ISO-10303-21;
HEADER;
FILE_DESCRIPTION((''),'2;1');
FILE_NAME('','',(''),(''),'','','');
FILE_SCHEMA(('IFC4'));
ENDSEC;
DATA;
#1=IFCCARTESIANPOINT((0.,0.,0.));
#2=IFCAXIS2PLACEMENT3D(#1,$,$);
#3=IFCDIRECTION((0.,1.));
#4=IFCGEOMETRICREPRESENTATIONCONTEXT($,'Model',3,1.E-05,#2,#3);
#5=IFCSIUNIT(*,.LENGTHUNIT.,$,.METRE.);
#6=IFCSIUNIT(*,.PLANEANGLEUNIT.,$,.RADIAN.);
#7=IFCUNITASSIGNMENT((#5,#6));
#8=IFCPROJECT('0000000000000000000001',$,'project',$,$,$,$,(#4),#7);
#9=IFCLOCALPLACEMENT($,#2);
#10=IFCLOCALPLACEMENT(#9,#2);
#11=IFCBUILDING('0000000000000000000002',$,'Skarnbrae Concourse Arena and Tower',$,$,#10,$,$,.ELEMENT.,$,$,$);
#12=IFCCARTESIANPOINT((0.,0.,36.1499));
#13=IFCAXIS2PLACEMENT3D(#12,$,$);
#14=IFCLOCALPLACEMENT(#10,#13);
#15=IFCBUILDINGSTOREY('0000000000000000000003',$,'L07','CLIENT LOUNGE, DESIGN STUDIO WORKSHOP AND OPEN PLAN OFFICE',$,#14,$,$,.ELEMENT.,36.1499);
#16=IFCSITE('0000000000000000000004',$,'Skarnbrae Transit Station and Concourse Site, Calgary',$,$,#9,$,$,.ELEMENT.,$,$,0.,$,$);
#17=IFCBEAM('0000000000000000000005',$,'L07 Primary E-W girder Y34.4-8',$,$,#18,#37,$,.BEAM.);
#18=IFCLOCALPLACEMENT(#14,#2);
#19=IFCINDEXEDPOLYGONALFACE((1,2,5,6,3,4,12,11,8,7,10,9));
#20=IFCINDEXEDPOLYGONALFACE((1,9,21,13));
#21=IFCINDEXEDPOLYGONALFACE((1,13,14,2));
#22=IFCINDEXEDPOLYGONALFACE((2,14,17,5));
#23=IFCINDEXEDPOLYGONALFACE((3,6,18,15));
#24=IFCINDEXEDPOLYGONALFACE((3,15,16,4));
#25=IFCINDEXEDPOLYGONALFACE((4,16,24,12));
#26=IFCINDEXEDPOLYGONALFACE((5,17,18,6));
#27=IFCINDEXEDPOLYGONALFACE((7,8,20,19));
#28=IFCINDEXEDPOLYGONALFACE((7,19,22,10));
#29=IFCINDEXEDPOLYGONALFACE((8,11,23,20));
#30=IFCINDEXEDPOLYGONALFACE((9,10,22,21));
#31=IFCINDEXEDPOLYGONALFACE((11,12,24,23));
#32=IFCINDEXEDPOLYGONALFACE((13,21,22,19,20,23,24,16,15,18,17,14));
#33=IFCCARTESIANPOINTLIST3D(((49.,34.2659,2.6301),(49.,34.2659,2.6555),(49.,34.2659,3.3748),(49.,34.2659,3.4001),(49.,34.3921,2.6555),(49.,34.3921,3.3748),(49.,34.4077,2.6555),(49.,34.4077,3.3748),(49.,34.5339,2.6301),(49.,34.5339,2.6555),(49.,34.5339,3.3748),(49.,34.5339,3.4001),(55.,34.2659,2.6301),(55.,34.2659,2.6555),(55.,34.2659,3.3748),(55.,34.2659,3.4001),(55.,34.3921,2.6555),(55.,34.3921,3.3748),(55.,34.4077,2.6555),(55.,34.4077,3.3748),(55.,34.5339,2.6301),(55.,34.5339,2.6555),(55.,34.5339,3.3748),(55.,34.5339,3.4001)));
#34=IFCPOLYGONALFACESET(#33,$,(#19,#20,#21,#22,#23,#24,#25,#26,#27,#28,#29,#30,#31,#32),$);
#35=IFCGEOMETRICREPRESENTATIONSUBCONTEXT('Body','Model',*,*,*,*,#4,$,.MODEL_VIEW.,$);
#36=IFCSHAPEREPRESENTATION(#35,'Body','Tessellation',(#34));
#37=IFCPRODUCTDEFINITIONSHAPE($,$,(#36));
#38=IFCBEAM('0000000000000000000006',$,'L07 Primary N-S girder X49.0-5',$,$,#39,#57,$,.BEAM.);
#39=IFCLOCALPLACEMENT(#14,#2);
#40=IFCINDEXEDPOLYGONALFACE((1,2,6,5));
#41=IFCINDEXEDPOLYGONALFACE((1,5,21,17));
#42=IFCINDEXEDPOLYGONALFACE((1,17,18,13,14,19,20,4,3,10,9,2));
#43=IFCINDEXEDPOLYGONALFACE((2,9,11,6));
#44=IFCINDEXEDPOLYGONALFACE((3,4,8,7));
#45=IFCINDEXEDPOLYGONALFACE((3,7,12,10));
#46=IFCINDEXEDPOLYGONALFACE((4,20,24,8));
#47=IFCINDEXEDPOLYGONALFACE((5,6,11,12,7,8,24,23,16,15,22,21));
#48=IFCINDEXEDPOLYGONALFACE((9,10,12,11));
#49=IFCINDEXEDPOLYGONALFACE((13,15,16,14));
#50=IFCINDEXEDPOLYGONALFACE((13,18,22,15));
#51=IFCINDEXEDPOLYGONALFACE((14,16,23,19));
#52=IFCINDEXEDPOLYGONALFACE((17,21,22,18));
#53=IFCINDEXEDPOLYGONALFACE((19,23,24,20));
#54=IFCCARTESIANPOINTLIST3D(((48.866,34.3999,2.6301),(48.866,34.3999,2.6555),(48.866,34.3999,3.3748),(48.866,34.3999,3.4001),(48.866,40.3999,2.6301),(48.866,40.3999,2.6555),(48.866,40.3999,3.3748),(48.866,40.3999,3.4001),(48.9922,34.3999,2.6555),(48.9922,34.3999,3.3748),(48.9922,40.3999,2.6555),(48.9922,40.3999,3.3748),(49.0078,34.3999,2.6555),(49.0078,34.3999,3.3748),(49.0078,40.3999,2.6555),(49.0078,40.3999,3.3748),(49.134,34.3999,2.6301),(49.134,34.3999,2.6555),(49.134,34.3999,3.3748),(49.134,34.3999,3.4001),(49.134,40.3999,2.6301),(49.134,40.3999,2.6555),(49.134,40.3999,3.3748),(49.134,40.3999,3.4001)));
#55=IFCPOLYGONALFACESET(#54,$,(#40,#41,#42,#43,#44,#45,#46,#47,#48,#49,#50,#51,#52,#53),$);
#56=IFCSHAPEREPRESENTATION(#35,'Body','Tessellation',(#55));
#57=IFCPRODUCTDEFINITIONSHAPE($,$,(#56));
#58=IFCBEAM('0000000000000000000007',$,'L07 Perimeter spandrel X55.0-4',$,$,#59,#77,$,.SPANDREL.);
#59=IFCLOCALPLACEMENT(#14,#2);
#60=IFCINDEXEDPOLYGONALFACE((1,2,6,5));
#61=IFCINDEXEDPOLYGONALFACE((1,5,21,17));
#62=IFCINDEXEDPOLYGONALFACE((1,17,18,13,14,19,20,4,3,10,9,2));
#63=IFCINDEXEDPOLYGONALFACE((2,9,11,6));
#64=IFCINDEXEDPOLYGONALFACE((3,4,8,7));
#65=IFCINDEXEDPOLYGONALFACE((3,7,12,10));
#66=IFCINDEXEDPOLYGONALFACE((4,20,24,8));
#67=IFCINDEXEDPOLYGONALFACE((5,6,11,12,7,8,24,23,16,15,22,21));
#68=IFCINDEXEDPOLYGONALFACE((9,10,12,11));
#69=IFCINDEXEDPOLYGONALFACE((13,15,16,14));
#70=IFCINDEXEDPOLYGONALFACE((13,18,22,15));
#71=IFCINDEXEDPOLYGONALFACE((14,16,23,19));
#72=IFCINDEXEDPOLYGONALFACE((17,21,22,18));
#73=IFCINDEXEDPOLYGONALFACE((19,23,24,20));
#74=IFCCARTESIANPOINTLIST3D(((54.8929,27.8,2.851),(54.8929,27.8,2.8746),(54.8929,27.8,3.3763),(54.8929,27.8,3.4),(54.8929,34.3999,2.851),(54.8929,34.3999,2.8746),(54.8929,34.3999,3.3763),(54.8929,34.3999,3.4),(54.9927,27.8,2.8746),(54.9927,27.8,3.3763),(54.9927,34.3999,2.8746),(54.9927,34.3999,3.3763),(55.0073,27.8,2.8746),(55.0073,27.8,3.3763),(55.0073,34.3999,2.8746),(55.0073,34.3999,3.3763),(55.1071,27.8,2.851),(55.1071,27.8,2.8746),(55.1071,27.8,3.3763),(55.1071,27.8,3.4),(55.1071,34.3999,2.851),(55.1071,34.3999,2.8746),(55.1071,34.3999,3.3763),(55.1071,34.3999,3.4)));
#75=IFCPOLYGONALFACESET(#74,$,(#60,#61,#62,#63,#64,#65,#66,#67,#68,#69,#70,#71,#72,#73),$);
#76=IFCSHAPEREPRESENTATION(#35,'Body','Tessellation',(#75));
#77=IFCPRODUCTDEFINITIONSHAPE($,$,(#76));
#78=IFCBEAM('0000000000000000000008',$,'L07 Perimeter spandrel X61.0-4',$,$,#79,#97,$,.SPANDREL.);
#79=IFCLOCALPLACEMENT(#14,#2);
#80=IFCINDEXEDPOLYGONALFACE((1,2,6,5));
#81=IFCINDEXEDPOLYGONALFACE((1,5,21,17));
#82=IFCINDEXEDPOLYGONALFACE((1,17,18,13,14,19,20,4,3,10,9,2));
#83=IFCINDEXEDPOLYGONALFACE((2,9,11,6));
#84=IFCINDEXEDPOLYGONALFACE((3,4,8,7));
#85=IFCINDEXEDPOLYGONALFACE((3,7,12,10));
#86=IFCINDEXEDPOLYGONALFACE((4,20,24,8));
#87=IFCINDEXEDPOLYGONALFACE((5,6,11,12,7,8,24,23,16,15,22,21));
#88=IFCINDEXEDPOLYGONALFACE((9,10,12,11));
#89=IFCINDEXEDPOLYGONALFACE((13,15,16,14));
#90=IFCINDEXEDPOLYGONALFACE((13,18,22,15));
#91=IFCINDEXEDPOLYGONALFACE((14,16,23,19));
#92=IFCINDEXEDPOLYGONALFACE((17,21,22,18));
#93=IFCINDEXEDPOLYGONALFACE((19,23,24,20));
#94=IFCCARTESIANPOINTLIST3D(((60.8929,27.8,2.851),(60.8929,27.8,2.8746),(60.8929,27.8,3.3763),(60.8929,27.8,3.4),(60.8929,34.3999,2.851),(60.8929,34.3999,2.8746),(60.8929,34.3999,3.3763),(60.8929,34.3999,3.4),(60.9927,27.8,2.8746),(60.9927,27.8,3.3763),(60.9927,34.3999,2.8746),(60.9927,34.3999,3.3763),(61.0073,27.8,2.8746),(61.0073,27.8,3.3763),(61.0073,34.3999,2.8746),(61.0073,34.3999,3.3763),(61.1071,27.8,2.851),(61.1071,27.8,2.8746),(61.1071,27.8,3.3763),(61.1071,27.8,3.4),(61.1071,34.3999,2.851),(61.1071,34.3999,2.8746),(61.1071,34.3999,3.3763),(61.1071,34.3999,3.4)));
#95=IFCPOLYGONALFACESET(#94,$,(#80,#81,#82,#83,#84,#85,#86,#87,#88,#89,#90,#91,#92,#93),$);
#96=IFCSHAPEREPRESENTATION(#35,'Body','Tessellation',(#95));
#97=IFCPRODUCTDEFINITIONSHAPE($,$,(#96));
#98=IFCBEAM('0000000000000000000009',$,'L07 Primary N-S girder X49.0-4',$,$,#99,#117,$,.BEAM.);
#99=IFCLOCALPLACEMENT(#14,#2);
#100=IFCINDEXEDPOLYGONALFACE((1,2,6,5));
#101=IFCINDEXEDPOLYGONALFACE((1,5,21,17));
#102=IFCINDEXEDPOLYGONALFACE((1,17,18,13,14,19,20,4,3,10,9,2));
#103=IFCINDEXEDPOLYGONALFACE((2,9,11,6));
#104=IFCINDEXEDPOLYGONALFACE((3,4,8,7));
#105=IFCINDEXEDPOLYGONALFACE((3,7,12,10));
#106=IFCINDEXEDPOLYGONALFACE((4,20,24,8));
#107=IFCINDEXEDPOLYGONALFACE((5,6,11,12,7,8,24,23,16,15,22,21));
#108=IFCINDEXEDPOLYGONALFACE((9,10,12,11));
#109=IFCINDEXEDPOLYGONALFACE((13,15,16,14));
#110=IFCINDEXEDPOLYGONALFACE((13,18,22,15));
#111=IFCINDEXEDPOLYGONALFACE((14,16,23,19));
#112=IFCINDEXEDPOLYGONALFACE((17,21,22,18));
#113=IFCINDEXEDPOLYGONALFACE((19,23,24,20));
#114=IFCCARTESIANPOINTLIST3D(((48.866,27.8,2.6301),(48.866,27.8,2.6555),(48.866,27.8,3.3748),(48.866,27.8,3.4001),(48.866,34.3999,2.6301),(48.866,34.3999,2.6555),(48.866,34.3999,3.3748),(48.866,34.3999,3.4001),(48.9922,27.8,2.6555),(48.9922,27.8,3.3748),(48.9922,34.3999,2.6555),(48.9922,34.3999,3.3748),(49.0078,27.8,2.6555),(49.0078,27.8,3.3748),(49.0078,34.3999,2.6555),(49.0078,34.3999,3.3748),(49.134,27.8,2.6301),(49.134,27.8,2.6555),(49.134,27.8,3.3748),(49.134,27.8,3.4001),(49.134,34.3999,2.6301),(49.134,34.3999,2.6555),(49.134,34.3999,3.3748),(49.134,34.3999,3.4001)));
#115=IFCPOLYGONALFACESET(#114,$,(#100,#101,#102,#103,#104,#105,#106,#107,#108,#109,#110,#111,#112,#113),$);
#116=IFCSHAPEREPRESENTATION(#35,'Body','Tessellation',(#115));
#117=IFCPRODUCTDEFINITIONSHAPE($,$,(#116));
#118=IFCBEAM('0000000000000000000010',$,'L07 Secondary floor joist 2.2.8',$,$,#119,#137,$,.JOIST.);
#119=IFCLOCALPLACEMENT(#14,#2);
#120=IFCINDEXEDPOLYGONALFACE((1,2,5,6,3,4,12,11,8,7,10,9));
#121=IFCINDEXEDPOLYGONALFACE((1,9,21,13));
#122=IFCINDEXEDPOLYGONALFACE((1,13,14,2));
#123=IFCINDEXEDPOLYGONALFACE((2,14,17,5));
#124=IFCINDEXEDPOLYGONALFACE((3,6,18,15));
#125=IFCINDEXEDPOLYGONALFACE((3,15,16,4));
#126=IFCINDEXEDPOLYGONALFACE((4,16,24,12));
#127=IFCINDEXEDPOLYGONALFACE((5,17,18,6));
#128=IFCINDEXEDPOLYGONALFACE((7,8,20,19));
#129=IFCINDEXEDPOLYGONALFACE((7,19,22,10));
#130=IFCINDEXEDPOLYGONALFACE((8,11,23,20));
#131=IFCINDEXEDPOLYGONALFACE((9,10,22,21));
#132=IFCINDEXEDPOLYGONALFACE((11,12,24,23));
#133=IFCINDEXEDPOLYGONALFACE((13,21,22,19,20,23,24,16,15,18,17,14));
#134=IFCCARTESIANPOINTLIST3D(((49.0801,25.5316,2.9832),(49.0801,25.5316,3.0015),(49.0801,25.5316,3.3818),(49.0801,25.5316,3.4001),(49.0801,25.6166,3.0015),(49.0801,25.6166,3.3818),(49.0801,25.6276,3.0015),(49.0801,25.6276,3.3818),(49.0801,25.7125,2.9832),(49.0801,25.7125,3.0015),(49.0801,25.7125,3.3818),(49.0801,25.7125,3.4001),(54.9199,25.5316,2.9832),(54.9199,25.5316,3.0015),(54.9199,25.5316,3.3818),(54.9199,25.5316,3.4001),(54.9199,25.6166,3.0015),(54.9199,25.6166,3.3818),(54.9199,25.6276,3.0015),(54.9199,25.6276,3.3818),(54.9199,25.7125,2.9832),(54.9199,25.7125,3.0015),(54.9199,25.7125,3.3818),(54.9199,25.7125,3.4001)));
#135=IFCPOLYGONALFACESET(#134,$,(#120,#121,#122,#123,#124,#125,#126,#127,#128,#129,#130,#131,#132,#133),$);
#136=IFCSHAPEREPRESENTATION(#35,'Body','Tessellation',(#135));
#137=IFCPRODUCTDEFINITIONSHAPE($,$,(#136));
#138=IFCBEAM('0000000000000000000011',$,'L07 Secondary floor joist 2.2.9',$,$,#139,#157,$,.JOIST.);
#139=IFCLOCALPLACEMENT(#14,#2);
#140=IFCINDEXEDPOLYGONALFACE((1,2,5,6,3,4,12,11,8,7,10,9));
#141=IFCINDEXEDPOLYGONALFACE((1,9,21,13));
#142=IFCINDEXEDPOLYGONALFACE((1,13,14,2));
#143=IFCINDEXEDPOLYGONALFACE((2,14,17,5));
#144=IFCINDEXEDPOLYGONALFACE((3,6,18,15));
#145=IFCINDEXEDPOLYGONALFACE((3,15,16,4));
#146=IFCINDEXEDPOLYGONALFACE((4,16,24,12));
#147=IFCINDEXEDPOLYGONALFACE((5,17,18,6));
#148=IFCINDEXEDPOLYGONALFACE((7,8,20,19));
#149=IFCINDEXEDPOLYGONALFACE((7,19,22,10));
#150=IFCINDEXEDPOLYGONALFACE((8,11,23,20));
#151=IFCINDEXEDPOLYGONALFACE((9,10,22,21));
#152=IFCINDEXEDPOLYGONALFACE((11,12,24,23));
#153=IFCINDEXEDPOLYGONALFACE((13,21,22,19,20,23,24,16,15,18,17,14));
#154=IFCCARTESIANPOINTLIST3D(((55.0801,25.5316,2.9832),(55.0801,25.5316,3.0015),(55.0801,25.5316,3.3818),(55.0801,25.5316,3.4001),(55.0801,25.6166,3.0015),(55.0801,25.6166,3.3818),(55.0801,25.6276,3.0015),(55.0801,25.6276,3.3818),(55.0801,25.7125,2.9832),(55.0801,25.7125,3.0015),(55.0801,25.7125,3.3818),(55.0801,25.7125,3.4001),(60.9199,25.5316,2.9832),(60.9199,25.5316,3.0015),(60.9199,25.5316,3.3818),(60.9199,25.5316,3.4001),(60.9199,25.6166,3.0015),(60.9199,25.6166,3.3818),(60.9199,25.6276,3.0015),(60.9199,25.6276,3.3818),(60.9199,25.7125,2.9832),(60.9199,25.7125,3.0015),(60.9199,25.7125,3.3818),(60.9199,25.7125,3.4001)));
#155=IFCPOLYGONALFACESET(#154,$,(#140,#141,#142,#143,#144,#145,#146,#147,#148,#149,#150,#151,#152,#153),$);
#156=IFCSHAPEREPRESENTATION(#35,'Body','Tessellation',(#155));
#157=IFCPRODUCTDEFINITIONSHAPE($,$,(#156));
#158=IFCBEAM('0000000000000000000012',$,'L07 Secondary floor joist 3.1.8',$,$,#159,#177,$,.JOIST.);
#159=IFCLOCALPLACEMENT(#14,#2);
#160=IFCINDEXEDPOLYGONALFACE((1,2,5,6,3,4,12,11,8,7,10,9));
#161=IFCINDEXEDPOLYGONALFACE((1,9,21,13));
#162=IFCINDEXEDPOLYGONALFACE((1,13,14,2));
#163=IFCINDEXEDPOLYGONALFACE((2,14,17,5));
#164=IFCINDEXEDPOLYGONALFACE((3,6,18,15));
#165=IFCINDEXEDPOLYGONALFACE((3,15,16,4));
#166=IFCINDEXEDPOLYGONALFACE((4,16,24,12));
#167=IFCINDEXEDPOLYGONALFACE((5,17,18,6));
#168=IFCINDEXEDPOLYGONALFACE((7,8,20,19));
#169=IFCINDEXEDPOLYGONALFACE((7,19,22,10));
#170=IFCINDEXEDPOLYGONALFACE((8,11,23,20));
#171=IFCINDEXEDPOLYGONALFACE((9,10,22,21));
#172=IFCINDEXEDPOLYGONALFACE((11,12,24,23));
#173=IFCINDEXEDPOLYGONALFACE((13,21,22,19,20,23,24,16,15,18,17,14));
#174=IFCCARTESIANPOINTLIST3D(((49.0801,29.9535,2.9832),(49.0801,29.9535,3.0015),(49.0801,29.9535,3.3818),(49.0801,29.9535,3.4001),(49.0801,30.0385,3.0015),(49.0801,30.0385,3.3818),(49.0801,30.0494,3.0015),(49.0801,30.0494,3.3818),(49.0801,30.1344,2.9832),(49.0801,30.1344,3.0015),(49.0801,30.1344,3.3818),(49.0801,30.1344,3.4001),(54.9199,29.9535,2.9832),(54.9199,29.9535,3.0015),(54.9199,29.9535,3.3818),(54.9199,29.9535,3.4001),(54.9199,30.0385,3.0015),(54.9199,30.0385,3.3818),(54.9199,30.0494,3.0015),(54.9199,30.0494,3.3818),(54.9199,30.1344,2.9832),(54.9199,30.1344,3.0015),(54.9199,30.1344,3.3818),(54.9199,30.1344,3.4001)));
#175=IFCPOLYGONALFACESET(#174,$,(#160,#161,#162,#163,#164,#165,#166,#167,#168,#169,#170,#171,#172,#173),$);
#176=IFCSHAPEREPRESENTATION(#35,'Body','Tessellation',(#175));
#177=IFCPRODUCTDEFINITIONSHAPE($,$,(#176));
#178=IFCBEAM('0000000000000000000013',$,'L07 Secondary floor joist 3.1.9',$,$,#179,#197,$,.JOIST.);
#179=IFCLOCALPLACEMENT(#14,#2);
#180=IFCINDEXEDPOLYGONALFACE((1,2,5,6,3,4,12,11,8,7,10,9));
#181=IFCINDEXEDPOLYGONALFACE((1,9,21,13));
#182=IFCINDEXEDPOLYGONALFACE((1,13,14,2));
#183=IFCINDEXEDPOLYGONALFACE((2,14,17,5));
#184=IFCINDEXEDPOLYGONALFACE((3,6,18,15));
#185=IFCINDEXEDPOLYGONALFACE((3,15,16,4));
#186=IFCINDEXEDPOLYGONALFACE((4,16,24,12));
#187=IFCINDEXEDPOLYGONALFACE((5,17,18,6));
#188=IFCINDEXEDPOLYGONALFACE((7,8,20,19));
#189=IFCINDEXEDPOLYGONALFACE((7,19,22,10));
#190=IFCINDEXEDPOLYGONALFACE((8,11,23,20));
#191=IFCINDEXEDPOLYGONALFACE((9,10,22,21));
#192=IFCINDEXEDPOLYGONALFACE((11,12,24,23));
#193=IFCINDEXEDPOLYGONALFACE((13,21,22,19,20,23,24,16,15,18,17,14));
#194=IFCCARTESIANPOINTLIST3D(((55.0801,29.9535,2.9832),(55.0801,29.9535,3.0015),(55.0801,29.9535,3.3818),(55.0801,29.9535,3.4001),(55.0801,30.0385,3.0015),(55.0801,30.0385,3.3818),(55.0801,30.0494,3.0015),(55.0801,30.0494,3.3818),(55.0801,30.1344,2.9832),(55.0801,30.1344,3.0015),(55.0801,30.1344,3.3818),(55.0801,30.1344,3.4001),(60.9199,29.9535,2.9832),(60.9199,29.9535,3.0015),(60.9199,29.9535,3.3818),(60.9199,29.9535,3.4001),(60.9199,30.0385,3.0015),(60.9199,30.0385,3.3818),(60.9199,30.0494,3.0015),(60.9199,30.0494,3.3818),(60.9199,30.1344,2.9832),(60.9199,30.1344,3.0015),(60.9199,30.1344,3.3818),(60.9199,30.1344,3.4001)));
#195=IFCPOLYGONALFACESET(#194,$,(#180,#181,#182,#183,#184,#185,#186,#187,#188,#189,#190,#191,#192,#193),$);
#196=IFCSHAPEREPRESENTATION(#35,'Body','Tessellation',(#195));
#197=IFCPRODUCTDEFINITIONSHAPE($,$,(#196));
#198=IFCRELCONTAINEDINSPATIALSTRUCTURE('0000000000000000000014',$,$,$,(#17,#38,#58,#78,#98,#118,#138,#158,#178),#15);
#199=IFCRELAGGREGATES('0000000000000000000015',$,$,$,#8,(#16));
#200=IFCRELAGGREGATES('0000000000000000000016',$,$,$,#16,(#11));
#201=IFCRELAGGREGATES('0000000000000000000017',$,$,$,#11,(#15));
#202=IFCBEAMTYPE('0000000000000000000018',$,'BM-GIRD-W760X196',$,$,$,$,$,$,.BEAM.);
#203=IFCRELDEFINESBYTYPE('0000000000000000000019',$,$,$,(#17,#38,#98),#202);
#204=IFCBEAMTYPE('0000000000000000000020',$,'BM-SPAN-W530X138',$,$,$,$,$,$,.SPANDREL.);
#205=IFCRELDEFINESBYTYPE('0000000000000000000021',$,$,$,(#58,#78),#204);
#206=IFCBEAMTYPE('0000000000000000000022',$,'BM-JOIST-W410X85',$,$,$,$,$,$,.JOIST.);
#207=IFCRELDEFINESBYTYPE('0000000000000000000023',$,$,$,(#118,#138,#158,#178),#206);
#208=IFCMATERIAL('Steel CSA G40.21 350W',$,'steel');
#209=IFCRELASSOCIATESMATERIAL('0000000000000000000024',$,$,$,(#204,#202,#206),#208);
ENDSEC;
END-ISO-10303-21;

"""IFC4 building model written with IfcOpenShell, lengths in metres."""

from ifc_helpers import new_model, si_unit, direction, frame, origin, origin_2d, place, context, subcontext, project, spatial, i_section, extrude, source, transform, mapped, material, material_profile, profile_set, type_object, element, save


model = new_model("IFC4")

# Units and contexts
model_context = context("Model", 3, precision=1e-05, world=origin(), true_north=direction((0.0, 1.0)))
body_context = subcontext(model_context, "Body", "Model", "MODEL_VIEW")
ifc_project = project(units=[si_unit("LENGTHUNIT", "METRE"), si_unit("PLANEANGLEUNIT", "RADIAN")], contexts=[model_context])

# Site, building, storey
site_placement = place(None, origin())
site = spatial("IfcSite", under=ifc_project, at=site_placement, Name="Skarnbrae Transit Station and Concourse Site, Calgary", CompositionType="ELEMENT", RefElevation=0.0)
building_placement = place(site_placement, origin())
building = spatial("IfcBuilding", under=site, at=building_placement, Name="Skarnbrae Concourse Arena and Tower", CompositionType="ELEMENT")
storey_placement = place(building_placement, frame((0.0, 0.0, 36.1499)))
storey = spatial("IfcBuildingStorey", under=building, at=storey_placement, Name="L07", Description="CLIENT LOUNGE, DESIGN STUDIO WORKSHOP AND OPEN PLAN OFFICE", CompositionType="ELEMENT", Elevation=36.1499)

# Shared definitions
ifc_material_1 = material(Name="Steel CSA G40.21 350W", Category="steel")

# Beams
ifc_material_profile_1 = material_profile(ifc_material_1, i_section(OverallWidth=0.2141, OverallDepth=0.5491, WebThickness=0.0146, FlangeThickness=0.0237, at=origin_2d()), Name="W530X138")
ifc_profile_set_1 = profile_set([ifc_material_profile_1], Name="Steel CSA G40.21 350W")
beam_type_1 = type_object("IfcBeamType", Name="BM-SPAN-W530X138", PredefinedType="SPANDREL", material=ifc_profile_set_1)
ifc_material_profile_2 = material_profile(ifc_material_1, i_section(OverallWidth=0.2681, OverallDepth=0.77, WebThickness=0.0156, FlangeThickness=0.0254, at=origin_2d()), Name="W760X196")
ifc_profile_set_2 = profile_set([ifc_material_profile_2], Name="Steel CSA G40.21 350W")
beam_type_2 = type_object("IfcBeamType", Name="BM-GIRD-W760X196", PredefinedType="BEAM", material=ifc_profile_set_2)
shared_shape_1 = source(origin(), body_context, "Body", "SweptSolid", [
    extrude(i_section(OverallWidth=0.2681, OverallDepth=0.77, WebThickness=0.0156, FlangeThickness=0.0254, at=origin_2d()), origin(), (0.0, 0.0, 1.0), 6.0),
])
for number, where, z_axis, x_axis, name in (
    (1, (49.0, 34.3999, 3.0151), (1.0, 0.0, 0.0), (0.0, 1.0, 0.0), "L07 Primary E-W girder Y34.4-8"),
    (2, (49.0, 34.3999, 3.0151), (0.0, 1.0, 0.0), (-1.0, 0.0, 0.0), "L07 Primary N-S girder X49.0-5"),
):
    element("IfcBeam", number, at=place(storey_placement, frame(where, z_axis=z_axis, x_axis=x_axis)), inside=storey, type_object=beam_type_2, Name=name, PredefinedType="BEAM", context=body_context, shape_type="MappedRepresentation", body=[
        mapped(shared_shape_1, transform((0.0, 0.0, 0.0))),
    ])
shared_shape_2 = source(origin(), body_context, "Body", "SweptSolid", [
    extrude(i_section(OverallWidth=0.2141, OverallDepth=0.5491, WebThickness=0.0146, FlangeThickness=0.0237, at=origin_2d()), origin(), (0.0, 0.0, 1.0), 6.5999),
])
for number, where, z_axis, x_axis, name in (
    (3, (55.0, 27.8, 3.1255), (0.0, 1.0, 0.0), (-1.0, 0.0, 0.0), "L07 Perimeter spandrel X55.0-4"),
    (4, (61.0, 27.8, 3.1255), (0.0, 1.0, 0.0), (-1.0, 0.0, 0.0), "L07 Perimeter spandrel X61.0-4"),
):
    element("IfcBeam", number, at=place(storey_placement, frame(where, z_axis=z_axis, x_axis=x_axis)), inside=storey, type_object=beam_type_1, Name=name, PredefinedType="SPANDREL", context=body_context, shape_type="MappedRepresentation", body=[
        mapped(shared_shape_2, transform((0.0, 0.0, 0.0))),
    ])
shared_shape_3 = source(origin(), body_context, "Body", "SweptSolid", [
    extrude(i_section(OverallWidth=0.2681, OverallDepth=0.77, WebThickness=0.0156, FlangeThickness=0.0254, at=origin_2d()), origin(), (0.0, 0.0, 1.0), 6.5999),
])
beam_placement = place(storey_placement, frame((49.0, 27.8, 3.0151), z_axis=(0.0, 1.0, 0.0), x_axis=(-1.0, 0.0, 0.0)))
element("IfcBeam", 5, at=beam_placement, inside=storey, type_object=beam_type_2, Name="L07 Primary N-S girder X49.0-4", PredefinedType="BEAM", context=body_context, shape_type="MappedRepresentation", body=[
    mapped(shared_shape_3, transform((0.0, 0.0, 0.0))),
])
ifc_material_profile_3 = material_profile(ifc_material_1, i_section(OverallWidth=0.1809, OverallDepth=0.417, WebThickness=0.011, FlangeThickness=0.0183, at=origin_2d()), Name="W410X85")
ifc_profile_set_3 = profile_set([ifc_material_profile_3], Name="Steel CSA G40.21 350W")
beam_type_3 = type_object("IfcBeamType", Name="BM-JOIST-W410X85", PredefinedType="JOIST", material=ifc_profile_set_3)
shared_shape_4 = source(origin(), body_context, "Body", "SweptSolid", [
    extrude(i_section(OverallWidth=0.1809, OverallDepth=0.417, WebThickness=0.011, FlangeThickness=0.0183, at=origin_2d()), origin(), (0.0, 0.0, 1.0), 5.8398),
])
for number, where, z_axis, x_axis, name in (
    (6, (49.0801, 25.6221, 3.1917), (1.0, 0.0, 0.0), (0.0, 1.0, 0.0), "L07 Secondary floor joist 2.2.8"),
    (7, (55.0801, 25.6221, 3.1917), (1.0, 0.0, 0.0), (0.0, 1.0, 0.0), "L07 Secondary floor joist 2.2.9"),
    (8, (49.0801, 30.0439, 3.1917), (1.0, 0.0, 0.0), (0.0, 1.0, 0.0), "L07 Secondary floor joist 3.1.8"),
    (9, (55.0801, 30.0439, 3.1917), (1.0, 0.0, 0.0), (0.0, 1.0, 0.0), "L07 Secondary floor joist 3.1.9"),
):
    element("IfcBeam", number, at=place(storey_placement, frame(where, z_axis=z_axis, x_axis=x_axis)), inside=storey, type_object=beam_type_3, Name=name, PredefinedType="JOIST", context=body_context, shape_type="MappedRepresentation", body=[
        mapped(shared_shape_4, transform((0.0, 0.0, 0.0))),
    ])

save(model, "model.ifc")
